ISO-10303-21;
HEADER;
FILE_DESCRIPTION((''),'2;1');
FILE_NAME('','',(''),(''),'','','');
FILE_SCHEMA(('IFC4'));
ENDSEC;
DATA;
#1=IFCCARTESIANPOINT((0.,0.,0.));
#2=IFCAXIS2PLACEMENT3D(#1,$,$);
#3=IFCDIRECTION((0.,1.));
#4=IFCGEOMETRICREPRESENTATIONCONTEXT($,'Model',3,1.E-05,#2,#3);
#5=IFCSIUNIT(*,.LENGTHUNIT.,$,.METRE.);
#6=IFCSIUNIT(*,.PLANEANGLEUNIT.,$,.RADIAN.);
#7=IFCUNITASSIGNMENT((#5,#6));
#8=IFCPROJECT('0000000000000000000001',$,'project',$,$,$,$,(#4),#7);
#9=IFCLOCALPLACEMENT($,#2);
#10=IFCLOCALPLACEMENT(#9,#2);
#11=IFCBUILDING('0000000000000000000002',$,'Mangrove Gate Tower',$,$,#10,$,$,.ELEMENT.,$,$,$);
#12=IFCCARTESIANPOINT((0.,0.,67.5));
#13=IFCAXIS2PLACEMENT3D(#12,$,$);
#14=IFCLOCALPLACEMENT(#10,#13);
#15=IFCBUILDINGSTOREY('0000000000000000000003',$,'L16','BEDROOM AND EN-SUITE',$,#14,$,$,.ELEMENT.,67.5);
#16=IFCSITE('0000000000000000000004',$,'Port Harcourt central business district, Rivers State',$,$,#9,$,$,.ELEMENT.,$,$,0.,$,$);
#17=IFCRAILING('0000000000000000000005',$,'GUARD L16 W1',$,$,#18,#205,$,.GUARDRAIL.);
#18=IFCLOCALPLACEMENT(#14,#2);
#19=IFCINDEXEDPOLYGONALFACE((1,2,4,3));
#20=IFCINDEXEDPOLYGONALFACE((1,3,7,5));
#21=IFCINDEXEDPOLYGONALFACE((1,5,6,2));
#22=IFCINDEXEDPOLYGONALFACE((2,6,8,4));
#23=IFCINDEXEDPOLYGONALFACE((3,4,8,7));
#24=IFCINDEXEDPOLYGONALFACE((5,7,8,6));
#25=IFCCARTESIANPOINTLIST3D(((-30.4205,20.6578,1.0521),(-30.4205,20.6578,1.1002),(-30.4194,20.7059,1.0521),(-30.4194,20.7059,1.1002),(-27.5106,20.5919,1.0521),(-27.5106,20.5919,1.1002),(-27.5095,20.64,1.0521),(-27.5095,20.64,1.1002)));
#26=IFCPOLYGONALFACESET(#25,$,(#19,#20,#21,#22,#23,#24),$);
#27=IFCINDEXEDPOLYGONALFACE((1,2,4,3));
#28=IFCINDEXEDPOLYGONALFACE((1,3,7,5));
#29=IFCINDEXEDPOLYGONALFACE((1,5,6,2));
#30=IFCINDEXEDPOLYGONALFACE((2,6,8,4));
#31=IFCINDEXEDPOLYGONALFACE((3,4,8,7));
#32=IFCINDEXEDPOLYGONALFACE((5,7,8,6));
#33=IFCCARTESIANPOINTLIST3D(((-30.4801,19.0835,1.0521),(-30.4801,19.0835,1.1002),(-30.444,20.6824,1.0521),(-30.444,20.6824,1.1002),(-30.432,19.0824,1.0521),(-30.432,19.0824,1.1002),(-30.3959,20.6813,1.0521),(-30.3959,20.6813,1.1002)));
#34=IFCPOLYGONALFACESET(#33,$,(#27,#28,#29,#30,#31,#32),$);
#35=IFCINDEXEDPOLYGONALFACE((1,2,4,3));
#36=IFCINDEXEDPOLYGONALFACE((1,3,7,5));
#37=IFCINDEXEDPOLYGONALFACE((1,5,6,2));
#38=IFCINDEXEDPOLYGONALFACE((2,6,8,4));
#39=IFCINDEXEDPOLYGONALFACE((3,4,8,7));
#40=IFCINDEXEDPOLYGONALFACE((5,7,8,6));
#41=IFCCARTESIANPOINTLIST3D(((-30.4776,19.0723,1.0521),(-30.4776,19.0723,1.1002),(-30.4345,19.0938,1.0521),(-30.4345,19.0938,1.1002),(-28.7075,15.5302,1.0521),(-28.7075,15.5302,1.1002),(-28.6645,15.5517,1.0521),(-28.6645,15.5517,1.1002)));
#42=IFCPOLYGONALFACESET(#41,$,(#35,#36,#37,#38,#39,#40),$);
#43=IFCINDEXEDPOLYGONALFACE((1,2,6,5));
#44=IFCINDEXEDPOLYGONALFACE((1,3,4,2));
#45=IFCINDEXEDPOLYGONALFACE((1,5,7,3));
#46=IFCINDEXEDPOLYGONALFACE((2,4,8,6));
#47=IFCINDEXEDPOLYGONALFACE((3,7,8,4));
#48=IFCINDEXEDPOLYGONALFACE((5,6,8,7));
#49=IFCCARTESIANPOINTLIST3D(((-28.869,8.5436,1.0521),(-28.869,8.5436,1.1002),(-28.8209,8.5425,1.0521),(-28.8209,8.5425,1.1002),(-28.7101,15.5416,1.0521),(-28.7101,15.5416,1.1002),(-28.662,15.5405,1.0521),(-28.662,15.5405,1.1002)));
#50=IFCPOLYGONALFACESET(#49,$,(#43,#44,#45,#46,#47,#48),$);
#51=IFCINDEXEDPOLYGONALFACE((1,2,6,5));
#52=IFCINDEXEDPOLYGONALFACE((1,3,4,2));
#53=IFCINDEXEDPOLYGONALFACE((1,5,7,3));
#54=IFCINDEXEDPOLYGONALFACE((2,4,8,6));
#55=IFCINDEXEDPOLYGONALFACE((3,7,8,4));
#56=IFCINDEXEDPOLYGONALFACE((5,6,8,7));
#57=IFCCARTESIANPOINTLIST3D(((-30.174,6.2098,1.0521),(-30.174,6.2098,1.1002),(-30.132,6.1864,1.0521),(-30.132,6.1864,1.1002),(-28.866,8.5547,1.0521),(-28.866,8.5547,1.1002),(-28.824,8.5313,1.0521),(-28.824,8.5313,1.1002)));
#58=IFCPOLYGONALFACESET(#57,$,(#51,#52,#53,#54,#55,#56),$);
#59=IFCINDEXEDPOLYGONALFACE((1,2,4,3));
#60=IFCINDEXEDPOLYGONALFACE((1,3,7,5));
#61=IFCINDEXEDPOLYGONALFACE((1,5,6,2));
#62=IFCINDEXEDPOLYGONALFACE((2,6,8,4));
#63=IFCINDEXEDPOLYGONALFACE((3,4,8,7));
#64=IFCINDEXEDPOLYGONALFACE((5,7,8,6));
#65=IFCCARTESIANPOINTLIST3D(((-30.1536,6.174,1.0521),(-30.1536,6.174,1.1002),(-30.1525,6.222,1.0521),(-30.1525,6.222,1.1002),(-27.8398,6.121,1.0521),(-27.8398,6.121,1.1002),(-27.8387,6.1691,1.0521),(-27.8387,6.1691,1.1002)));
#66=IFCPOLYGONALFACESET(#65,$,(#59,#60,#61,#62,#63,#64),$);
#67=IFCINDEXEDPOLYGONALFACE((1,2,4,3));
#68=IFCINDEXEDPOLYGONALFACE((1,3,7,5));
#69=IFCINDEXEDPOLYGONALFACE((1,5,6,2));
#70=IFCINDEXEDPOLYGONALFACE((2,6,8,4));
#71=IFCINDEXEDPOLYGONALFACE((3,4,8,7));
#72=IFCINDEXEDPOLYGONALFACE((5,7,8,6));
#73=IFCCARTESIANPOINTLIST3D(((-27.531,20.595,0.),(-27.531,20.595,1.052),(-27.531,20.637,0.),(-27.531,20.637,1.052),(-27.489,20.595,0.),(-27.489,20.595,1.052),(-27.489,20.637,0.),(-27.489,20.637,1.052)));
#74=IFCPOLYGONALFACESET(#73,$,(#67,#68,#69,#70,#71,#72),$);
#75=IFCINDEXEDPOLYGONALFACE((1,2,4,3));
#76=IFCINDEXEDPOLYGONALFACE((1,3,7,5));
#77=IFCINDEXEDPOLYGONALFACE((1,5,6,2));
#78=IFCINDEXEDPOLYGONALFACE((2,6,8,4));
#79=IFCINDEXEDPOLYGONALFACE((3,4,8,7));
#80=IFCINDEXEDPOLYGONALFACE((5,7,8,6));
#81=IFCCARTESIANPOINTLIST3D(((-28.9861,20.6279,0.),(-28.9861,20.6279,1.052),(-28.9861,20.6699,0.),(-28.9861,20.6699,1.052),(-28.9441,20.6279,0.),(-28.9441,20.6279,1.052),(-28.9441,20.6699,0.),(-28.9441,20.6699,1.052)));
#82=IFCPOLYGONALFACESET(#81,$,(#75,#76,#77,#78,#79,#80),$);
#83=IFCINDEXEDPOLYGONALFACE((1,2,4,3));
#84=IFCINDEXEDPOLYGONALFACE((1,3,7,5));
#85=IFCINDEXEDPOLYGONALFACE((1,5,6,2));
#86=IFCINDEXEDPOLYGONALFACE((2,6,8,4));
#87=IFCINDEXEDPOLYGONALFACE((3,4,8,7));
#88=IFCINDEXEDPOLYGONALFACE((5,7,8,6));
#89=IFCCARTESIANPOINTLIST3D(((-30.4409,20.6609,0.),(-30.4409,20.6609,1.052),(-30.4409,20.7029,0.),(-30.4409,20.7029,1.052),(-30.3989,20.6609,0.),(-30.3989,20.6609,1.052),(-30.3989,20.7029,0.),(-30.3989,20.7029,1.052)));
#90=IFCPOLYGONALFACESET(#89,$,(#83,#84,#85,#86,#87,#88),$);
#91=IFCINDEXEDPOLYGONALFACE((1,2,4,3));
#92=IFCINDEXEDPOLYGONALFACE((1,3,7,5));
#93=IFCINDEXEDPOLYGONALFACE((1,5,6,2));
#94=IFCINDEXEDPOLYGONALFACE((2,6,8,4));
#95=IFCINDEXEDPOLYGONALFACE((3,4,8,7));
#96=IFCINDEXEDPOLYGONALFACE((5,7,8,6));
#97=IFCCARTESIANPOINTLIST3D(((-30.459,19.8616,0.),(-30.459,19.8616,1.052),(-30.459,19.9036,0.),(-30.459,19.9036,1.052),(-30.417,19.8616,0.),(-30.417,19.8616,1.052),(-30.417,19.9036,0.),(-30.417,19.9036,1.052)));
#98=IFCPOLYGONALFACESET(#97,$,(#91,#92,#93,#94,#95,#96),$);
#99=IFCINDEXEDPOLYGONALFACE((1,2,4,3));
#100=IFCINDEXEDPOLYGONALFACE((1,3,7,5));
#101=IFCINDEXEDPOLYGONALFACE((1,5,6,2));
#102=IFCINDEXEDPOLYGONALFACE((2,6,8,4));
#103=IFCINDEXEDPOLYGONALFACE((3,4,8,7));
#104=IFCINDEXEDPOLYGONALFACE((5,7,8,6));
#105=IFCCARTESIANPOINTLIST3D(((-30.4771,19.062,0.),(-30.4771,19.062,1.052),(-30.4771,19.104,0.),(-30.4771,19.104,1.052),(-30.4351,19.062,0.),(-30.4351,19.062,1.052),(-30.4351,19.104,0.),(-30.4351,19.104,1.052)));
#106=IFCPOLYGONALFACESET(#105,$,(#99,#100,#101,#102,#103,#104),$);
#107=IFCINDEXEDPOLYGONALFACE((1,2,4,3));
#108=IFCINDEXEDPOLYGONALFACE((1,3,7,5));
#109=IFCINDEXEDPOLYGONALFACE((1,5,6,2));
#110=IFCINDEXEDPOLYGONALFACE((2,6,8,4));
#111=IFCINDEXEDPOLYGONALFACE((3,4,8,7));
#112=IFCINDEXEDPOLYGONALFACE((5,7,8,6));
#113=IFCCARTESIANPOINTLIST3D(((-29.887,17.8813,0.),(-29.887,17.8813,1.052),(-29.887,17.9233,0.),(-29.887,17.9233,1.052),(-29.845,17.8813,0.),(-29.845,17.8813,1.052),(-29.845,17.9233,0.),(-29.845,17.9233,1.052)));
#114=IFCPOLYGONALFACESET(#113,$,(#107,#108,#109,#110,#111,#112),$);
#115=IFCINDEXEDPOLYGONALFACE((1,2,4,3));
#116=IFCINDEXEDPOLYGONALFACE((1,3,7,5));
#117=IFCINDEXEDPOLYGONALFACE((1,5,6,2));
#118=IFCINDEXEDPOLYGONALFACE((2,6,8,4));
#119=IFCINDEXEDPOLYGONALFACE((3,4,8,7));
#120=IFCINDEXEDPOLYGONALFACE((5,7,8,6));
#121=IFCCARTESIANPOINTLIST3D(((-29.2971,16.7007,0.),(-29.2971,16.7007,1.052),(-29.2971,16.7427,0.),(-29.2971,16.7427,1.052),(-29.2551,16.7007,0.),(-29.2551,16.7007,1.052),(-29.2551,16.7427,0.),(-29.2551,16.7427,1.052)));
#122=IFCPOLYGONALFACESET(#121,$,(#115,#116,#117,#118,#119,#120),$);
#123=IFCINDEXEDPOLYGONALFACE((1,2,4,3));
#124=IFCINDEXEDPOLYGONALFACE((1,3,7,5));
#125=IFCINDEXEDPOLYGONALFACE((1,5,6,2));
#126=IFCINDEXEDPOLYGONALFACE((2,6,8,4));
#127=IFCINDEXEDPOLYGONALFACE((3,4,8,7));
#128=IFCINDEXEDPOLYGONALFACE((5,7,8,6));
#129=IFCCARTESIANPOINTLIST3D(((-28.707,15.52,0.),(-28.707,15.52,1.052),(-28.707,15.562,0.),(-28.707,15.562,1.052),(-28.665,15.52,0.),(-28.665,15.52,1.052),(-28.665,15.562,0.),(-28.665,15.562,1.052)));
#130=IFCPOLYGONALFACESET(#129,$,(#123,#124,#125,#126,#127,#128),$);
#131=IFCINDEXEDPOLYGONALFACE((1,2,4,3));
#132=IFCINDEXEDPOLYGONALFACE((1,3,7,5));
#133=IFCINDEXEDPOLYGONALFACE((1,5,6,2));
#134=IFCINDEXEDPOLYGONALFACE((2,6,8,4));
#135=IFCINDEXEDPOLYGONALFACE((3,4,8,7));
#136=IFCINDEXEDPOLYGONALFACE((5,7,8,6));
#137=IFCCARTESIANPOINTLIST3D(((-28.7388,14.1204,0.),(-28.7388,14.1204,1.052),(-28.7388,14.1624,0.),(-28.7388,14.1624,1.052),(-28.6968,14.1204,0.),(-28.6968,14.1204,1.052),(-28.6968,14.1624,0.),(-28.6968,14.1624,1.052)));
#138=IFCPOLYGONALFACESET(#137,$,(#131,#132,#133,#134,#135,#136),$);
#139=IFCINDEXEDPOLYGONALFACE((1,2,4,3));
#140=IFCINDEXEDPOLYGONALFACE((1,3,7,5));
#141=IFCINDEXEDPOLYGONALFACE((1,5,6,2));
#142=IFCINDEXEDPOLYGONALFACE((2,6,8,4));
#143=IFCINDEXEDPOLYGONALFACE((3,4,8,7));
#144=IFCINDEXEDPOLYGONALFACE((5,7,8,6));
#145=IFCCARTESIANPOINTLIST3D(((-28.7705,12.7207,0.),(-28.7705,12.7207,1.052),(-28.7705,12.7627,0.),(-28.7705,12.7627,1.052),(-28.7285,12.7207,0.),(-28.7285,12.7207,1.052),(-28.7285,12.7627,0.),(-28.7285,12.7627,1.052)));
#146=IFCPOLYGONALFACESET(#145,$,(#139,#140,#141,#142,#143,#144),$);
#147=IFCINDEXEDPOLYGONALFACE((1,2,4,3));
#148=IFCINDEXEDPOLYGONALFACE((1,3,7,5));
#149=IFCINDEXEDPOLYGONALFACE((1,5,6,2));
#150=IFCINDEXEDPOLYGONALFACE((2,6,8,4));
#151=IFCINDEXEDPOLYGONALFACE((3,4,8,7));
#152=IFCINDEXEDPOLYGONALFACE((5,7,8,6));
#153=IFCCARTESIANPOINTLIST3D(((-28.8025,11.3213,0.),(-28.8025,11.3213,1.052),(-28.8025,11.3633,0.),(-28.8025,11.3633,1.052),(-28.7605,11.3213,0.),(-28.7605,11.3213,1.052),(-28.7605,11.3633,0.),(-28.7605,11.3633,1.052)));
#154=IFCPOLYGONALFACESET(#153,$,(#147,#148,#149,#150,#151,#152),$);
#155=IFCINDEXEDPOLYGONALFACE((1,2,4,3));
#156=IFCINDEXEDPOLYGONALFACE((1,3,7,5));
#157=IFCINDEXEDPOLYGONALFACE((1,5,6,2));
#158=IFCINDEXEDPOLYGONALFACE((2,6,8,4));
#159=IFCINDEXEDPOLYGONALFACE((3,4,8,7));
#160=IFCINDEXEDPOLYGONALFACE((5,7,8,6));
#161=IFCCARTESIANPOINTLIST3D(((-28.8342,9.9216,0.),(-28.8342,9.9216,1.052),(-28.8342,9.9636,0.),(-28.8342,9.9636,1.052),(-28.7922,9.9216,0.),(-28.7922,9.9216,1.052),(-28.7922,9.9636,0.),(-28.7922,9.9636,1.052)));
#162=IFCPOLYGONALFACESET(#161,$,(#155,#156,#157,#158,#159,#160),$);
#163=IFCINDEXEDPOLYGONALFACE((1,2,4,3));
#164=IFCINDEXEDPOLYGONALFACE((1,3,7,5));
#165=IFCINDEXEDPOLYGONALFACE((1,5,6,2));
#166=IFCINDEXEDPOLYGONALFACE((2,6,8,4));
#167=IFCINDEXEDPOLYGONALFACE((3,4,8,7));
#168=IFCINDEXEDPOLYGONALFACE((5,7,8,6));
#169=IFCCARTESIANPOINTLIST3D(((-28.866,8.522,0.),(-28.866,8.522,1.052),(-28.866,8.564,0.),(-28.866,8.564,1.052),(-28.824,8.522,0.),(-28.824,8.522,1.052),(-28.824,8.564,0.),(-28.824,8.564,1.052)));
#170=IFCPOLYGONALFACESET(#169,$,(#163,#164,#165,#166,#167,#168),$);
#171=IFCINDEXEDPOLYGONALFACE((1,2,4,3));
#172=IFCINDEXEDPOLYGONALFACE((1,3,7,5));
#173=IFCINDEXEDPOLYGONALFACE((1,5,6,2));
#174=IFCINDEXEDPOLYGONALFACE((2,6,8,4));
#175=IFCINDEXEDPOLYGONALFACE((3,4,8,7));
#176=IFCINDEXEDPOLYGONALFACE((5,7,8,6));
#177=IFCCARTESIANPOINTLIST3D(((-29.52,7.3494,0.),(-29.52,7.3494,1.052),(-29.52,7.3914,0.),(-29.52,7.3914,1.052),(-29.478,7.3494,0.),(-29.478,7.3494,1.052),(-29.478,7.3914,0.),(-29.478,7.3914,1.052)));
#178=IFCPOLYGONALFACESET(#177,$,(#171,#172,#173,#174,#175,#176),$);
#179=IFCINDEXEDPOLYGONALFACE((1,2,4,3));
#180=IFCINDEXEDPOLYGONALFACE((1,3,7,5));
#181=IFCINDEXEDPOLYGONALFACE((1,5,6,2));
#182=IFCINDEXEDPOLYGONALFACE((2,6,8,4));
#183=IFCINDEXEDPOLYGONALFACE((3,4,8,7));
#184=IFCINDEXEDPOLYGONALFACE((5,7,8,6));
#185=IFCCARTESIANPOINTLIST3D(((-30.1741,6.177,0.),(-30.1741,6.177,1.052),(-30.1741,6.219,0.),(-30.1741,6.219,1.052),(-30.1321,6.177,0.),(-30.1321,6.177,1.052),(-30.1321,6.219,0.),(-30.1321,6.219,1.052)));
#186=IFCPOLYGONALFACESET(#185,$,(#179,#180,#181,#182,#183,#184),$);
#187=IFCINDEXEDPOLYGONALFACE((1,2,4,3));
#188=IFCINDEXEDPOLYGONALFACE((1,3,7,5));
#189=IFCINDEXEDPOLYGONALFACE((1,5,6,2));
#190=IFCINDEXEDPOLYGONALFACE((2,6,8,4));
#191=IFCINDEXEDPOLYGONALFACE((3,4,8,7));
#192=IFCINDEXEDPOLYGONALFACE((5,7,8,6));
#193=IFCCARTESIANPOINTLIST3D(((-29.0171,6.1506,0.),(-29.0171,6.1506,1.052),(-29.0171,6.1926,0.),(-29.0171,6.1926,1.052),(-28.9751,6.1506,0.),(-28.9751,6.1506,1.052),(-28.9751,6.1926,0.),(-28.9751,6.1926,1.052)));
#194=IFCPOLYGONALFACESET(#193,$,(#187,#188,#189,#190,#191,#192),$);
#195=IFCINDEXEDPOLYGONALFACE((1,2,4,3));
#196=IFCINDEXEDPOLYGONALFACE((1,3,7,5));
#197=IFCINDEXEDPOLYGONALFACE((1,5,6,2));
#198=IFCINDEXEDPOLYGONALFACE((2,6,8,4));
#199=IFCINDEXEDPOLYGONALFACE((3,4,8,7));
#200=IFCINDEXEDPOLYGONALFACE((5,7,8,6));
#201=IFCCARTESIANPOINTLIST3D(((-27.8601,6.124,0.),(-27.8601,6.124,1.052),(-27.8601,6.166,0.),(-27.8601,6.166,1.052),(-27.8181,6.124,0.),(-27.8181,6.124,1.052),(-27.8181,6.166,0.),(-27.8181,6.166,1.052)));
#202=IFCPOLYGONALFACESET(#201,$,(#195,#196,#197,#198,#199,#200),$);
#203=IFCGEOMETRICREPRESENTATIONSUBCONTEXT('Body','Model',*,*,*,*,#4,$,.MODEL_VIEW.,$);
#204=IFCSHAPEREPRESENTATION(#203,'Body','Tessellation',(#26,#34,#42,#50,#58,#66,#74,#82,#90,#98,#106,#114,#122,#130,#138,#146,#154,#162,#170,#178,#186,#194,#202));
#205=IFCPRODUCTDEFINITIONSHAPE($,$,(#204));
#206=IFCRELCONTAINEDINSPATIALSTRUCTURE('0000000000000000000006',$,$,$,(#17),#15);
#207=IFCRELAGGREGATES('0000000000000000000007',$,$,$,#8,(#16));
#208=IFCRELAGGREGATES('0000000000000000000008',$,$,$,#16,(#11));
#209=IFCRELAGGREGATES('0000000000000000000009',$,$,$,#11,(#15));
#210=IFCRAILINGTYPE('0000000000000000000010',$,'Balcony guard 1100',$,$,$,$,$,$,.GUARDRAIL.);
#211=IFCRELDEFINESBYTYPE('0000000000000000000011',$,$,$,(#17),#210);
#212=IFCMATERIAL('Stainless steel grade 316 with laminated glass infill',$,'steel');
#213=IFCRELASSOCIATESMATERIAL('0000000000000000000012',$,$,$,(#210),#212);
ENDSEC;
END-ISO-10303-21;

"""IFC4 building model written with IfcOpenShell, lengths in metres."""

from ifc_helpers import new_model, si_unit, direction, frame, origin, origin_2d, place, context, subcontext, project, spatial, rectangle, extrude, material, type_object, element, save


model = new_model("IFC4")

# Units and contexts
model_context = context("Model", 3, precision=1e-05, world=origin(), true_north=direction((0.0, 1.0)))
body_context = subcontext(model_context, "Body", "Model", "MODEL_VIEW")
ifc_project = project(units=[si_unit("LENGTHUNIT", "METRE"), si_unit("PLANEANGLEUNIT", "RADIAN")], contexts=[model_context])

# Site, building, storey
site_placement = place(None, origin())
site = spatial("IfcSite", under=ifc_project, at=site_placement, Name="Port Harcourt central business district, Rivers State", CompositionType="ELEMENT", RefElevation=0.0)
building_placement = place(site_placement, origin())
building = spatial("IfcBuilding", under=site, at=building_placement, Name="Mangrove Gate Tower", CompositionType="ELEMENT")
storey_placement = place(building_placement, frame((0.0, 0.0, 67.5)))
storey = spatial("IfcBuildingStorey", under=building, at=storey_placement, Name="L16", Description="BEDROOM AND EN-SUITE", CompositionType="ELEMENT", Elevation=67.5)

# Railing
ifc_material_1 = material(Name="Stainless steel grade 316 with laminated glass infill", Category="steel")
railing_type = type_object("IfcRailingType", Name="Balcony guard 1100", PredefinedType="GUARDRAIL", material=ifc_material_1)
railing_placement = place(storey_placement, frame((-27.51, 20.616, 0.0)))
element("IfcRailing", 1, at=railing_placement, inside=storey, type_object=railing_type, Name="GUARD L16 W1", PredefinedType="GUARDRAIL", context=body_context, shape_type="SweptSolid", body=[
    extrude(rectangle(XDim=0.0481, YDim=0.0481, at=origin_2d()), frame((0.0, 0.0, 1.0762), z_axis=(-0.999744, 0.022647, 0.0), x_axis=(-0.022647, -0.999744, 0.0)), (0.0, 0.0, 1.0), 2.9106),
    extrude(rectangle(XDim=0.0481, YDim=0.0481, at=origin_2d()), frame((-2.9099, 0.0659, 1.0762), z_axis=(-0.022593, -0.999745, 0.0), x_axis=(0.999745, -0.022593, 0.0)), (0.0, 0.0, 1.0), 1.5994),
    extrude(rectangle(XDim=0.0481, YDim=0.0481, at=origin_2d()), frame((-2.946, -1.533, 1.0762), z_axis=(0.447016, -0.894526, 0.0), x_axis=(0.894526, 0.447016, 0.0)), (0.0, 0.0, 1.0), 3.9597),
    extrude(rectangle(XDim=0.0481, YDim=0.0481, at=origin_2d()), frame((-1.176, -5.075, 1.0762), z_axis=(-0.022706, -0.999742, 0.0), x_axis=(0.999742, -0.022706, 0.0)), (0.0, 0.0, 1.0), 6.9998),
    extrude(rectangle(XDim=0.0481, YDim=0.0481, at=origin_2d()), frame((-1.335, -12.073, 1.0762), z_axis=(-0.487163, -0.873311, 0.0), x_axis=(0.873311, -0.487163, 0.0)), (0.0, 0.0, 1.0), 2.6851),
    extrude(rectangle(XDim=0.0481, YDim=0.0481, at=origin_2d()), frame((-2.6431, -14.418, 1.0762), z_axis=(0.999738, -0.022889, 0.0), x_axis=(0.022889, 0.999738, 0.0)), (0.0, 0.0, 1.0), 2.3145),
    extrude(rectangle(XDim=0.042, YDim=0.042, at=origin_2d()), origin(), (0.0, 0.0, 1.0), 1.052),
    extrude(rectangle(XDim=0.042, YDim=0.042, at=origin_2d()), frame((-1.4551, 0.033, 0.0)), (0.0, 0.0, 1.0), 1.052),
    extrude(rectangle(XDim=0.042, YDim=0.042, at=origin_2d()), frame((-2.9099, 0.0659, 0.0)), (0.0, 0.0, 1.0), 1.052),
    extrude(rectangle(XDim=0.042, YDim=0.042, at=origin_2d()), frame((-2.928, -0.7334, 0.0)), (0.0, 0.0, 1.0), 1.052),
    extrude(rectangle(XDim=0.042, YDim=0.042, at=origin_2d()), frame((-2.946, -1.533, 0.0)), (0.0, 0.0, 1.0), 1.052),
    extrude(rectangle(XDim=0.042, YDim=0.042, at=origin_2d()), frame((-2.356, -2.7136, 0.0)), (0.0, 0.0, 1.0), 1.052),
    extrude(rectangle(XDim=0.042, YDim=0.042, at=origin_2d()), frame((-1.7661, -3.8943, 0.0)), (0.0, 0.0, 1.0), 1.052),
    extrude(rectangle(XDim=0.042, YDim=0.042, at=origin_2d()), frame((-1.176, -5.075, 0.0)), (0.0, 0.0, 1.0), 1.052),
    extrude(rectangle(XDim=0.042, YDim=0.042, at=origin_2d()), frame((-1.2078, -6.4746, 0.0)), (0.0, 0.0, 1.0), 1.052),
    extrude(rectangle(XDim=0.042, YDim=0.042, at=origin_2d()), frame((-1.2395, -7.8743, 0.0)), (0.0, 0.0, 1.0), 1.052),
    extrude(rectangle(XDim=0.042, YDim=0.042, at=origin_2d()), frame((-1.2715, -9.2737, 0.0)), (0.0, 0.0, 1.0), 1.052),
    extrude(rectangle(XDim=0.042, YDim=0.042, at=origin_2d()), frame((-1.3032, -10.6733, 0.0)), (0.0, 0.0, 1.0), 1.052),
    extrude(rectangle(XDim=0.042, YDim=0.042, at=origin_2d()), frame((-1.335, -12.073, 0.0)), (0.0, 0.0, 1.0), 1.052),
    extrude(rectangle(XDim=0.042, YDim=0.042, at=origin_2d()), frame((-1.989, -13.2456, 0.0)), (0.0, 0.0, 1.0), 1.052),
    extrude(rectangle(XDim=0.042, YDim=0.042, at=origin_2d()), frame((-2.6431, -14.418, 0.0)), (0.0, 0.0, 1.0), 1.052),
    extrude(rectangle(XDim=0.042, YDim=0.042, at=origin_2d()), frame((-1.4861, -14.4443, 0.0)), (0.0, 0.0, 1.0), 1.052),
    extrude(rectangle(XDim=0.042, YDim=0.042, at=origin_2d()), frame((-0.3291, -14.4709, 0.0)), (0.0, 0.0, 1.0), 1.052),
])

save(model, "model.ifc")
